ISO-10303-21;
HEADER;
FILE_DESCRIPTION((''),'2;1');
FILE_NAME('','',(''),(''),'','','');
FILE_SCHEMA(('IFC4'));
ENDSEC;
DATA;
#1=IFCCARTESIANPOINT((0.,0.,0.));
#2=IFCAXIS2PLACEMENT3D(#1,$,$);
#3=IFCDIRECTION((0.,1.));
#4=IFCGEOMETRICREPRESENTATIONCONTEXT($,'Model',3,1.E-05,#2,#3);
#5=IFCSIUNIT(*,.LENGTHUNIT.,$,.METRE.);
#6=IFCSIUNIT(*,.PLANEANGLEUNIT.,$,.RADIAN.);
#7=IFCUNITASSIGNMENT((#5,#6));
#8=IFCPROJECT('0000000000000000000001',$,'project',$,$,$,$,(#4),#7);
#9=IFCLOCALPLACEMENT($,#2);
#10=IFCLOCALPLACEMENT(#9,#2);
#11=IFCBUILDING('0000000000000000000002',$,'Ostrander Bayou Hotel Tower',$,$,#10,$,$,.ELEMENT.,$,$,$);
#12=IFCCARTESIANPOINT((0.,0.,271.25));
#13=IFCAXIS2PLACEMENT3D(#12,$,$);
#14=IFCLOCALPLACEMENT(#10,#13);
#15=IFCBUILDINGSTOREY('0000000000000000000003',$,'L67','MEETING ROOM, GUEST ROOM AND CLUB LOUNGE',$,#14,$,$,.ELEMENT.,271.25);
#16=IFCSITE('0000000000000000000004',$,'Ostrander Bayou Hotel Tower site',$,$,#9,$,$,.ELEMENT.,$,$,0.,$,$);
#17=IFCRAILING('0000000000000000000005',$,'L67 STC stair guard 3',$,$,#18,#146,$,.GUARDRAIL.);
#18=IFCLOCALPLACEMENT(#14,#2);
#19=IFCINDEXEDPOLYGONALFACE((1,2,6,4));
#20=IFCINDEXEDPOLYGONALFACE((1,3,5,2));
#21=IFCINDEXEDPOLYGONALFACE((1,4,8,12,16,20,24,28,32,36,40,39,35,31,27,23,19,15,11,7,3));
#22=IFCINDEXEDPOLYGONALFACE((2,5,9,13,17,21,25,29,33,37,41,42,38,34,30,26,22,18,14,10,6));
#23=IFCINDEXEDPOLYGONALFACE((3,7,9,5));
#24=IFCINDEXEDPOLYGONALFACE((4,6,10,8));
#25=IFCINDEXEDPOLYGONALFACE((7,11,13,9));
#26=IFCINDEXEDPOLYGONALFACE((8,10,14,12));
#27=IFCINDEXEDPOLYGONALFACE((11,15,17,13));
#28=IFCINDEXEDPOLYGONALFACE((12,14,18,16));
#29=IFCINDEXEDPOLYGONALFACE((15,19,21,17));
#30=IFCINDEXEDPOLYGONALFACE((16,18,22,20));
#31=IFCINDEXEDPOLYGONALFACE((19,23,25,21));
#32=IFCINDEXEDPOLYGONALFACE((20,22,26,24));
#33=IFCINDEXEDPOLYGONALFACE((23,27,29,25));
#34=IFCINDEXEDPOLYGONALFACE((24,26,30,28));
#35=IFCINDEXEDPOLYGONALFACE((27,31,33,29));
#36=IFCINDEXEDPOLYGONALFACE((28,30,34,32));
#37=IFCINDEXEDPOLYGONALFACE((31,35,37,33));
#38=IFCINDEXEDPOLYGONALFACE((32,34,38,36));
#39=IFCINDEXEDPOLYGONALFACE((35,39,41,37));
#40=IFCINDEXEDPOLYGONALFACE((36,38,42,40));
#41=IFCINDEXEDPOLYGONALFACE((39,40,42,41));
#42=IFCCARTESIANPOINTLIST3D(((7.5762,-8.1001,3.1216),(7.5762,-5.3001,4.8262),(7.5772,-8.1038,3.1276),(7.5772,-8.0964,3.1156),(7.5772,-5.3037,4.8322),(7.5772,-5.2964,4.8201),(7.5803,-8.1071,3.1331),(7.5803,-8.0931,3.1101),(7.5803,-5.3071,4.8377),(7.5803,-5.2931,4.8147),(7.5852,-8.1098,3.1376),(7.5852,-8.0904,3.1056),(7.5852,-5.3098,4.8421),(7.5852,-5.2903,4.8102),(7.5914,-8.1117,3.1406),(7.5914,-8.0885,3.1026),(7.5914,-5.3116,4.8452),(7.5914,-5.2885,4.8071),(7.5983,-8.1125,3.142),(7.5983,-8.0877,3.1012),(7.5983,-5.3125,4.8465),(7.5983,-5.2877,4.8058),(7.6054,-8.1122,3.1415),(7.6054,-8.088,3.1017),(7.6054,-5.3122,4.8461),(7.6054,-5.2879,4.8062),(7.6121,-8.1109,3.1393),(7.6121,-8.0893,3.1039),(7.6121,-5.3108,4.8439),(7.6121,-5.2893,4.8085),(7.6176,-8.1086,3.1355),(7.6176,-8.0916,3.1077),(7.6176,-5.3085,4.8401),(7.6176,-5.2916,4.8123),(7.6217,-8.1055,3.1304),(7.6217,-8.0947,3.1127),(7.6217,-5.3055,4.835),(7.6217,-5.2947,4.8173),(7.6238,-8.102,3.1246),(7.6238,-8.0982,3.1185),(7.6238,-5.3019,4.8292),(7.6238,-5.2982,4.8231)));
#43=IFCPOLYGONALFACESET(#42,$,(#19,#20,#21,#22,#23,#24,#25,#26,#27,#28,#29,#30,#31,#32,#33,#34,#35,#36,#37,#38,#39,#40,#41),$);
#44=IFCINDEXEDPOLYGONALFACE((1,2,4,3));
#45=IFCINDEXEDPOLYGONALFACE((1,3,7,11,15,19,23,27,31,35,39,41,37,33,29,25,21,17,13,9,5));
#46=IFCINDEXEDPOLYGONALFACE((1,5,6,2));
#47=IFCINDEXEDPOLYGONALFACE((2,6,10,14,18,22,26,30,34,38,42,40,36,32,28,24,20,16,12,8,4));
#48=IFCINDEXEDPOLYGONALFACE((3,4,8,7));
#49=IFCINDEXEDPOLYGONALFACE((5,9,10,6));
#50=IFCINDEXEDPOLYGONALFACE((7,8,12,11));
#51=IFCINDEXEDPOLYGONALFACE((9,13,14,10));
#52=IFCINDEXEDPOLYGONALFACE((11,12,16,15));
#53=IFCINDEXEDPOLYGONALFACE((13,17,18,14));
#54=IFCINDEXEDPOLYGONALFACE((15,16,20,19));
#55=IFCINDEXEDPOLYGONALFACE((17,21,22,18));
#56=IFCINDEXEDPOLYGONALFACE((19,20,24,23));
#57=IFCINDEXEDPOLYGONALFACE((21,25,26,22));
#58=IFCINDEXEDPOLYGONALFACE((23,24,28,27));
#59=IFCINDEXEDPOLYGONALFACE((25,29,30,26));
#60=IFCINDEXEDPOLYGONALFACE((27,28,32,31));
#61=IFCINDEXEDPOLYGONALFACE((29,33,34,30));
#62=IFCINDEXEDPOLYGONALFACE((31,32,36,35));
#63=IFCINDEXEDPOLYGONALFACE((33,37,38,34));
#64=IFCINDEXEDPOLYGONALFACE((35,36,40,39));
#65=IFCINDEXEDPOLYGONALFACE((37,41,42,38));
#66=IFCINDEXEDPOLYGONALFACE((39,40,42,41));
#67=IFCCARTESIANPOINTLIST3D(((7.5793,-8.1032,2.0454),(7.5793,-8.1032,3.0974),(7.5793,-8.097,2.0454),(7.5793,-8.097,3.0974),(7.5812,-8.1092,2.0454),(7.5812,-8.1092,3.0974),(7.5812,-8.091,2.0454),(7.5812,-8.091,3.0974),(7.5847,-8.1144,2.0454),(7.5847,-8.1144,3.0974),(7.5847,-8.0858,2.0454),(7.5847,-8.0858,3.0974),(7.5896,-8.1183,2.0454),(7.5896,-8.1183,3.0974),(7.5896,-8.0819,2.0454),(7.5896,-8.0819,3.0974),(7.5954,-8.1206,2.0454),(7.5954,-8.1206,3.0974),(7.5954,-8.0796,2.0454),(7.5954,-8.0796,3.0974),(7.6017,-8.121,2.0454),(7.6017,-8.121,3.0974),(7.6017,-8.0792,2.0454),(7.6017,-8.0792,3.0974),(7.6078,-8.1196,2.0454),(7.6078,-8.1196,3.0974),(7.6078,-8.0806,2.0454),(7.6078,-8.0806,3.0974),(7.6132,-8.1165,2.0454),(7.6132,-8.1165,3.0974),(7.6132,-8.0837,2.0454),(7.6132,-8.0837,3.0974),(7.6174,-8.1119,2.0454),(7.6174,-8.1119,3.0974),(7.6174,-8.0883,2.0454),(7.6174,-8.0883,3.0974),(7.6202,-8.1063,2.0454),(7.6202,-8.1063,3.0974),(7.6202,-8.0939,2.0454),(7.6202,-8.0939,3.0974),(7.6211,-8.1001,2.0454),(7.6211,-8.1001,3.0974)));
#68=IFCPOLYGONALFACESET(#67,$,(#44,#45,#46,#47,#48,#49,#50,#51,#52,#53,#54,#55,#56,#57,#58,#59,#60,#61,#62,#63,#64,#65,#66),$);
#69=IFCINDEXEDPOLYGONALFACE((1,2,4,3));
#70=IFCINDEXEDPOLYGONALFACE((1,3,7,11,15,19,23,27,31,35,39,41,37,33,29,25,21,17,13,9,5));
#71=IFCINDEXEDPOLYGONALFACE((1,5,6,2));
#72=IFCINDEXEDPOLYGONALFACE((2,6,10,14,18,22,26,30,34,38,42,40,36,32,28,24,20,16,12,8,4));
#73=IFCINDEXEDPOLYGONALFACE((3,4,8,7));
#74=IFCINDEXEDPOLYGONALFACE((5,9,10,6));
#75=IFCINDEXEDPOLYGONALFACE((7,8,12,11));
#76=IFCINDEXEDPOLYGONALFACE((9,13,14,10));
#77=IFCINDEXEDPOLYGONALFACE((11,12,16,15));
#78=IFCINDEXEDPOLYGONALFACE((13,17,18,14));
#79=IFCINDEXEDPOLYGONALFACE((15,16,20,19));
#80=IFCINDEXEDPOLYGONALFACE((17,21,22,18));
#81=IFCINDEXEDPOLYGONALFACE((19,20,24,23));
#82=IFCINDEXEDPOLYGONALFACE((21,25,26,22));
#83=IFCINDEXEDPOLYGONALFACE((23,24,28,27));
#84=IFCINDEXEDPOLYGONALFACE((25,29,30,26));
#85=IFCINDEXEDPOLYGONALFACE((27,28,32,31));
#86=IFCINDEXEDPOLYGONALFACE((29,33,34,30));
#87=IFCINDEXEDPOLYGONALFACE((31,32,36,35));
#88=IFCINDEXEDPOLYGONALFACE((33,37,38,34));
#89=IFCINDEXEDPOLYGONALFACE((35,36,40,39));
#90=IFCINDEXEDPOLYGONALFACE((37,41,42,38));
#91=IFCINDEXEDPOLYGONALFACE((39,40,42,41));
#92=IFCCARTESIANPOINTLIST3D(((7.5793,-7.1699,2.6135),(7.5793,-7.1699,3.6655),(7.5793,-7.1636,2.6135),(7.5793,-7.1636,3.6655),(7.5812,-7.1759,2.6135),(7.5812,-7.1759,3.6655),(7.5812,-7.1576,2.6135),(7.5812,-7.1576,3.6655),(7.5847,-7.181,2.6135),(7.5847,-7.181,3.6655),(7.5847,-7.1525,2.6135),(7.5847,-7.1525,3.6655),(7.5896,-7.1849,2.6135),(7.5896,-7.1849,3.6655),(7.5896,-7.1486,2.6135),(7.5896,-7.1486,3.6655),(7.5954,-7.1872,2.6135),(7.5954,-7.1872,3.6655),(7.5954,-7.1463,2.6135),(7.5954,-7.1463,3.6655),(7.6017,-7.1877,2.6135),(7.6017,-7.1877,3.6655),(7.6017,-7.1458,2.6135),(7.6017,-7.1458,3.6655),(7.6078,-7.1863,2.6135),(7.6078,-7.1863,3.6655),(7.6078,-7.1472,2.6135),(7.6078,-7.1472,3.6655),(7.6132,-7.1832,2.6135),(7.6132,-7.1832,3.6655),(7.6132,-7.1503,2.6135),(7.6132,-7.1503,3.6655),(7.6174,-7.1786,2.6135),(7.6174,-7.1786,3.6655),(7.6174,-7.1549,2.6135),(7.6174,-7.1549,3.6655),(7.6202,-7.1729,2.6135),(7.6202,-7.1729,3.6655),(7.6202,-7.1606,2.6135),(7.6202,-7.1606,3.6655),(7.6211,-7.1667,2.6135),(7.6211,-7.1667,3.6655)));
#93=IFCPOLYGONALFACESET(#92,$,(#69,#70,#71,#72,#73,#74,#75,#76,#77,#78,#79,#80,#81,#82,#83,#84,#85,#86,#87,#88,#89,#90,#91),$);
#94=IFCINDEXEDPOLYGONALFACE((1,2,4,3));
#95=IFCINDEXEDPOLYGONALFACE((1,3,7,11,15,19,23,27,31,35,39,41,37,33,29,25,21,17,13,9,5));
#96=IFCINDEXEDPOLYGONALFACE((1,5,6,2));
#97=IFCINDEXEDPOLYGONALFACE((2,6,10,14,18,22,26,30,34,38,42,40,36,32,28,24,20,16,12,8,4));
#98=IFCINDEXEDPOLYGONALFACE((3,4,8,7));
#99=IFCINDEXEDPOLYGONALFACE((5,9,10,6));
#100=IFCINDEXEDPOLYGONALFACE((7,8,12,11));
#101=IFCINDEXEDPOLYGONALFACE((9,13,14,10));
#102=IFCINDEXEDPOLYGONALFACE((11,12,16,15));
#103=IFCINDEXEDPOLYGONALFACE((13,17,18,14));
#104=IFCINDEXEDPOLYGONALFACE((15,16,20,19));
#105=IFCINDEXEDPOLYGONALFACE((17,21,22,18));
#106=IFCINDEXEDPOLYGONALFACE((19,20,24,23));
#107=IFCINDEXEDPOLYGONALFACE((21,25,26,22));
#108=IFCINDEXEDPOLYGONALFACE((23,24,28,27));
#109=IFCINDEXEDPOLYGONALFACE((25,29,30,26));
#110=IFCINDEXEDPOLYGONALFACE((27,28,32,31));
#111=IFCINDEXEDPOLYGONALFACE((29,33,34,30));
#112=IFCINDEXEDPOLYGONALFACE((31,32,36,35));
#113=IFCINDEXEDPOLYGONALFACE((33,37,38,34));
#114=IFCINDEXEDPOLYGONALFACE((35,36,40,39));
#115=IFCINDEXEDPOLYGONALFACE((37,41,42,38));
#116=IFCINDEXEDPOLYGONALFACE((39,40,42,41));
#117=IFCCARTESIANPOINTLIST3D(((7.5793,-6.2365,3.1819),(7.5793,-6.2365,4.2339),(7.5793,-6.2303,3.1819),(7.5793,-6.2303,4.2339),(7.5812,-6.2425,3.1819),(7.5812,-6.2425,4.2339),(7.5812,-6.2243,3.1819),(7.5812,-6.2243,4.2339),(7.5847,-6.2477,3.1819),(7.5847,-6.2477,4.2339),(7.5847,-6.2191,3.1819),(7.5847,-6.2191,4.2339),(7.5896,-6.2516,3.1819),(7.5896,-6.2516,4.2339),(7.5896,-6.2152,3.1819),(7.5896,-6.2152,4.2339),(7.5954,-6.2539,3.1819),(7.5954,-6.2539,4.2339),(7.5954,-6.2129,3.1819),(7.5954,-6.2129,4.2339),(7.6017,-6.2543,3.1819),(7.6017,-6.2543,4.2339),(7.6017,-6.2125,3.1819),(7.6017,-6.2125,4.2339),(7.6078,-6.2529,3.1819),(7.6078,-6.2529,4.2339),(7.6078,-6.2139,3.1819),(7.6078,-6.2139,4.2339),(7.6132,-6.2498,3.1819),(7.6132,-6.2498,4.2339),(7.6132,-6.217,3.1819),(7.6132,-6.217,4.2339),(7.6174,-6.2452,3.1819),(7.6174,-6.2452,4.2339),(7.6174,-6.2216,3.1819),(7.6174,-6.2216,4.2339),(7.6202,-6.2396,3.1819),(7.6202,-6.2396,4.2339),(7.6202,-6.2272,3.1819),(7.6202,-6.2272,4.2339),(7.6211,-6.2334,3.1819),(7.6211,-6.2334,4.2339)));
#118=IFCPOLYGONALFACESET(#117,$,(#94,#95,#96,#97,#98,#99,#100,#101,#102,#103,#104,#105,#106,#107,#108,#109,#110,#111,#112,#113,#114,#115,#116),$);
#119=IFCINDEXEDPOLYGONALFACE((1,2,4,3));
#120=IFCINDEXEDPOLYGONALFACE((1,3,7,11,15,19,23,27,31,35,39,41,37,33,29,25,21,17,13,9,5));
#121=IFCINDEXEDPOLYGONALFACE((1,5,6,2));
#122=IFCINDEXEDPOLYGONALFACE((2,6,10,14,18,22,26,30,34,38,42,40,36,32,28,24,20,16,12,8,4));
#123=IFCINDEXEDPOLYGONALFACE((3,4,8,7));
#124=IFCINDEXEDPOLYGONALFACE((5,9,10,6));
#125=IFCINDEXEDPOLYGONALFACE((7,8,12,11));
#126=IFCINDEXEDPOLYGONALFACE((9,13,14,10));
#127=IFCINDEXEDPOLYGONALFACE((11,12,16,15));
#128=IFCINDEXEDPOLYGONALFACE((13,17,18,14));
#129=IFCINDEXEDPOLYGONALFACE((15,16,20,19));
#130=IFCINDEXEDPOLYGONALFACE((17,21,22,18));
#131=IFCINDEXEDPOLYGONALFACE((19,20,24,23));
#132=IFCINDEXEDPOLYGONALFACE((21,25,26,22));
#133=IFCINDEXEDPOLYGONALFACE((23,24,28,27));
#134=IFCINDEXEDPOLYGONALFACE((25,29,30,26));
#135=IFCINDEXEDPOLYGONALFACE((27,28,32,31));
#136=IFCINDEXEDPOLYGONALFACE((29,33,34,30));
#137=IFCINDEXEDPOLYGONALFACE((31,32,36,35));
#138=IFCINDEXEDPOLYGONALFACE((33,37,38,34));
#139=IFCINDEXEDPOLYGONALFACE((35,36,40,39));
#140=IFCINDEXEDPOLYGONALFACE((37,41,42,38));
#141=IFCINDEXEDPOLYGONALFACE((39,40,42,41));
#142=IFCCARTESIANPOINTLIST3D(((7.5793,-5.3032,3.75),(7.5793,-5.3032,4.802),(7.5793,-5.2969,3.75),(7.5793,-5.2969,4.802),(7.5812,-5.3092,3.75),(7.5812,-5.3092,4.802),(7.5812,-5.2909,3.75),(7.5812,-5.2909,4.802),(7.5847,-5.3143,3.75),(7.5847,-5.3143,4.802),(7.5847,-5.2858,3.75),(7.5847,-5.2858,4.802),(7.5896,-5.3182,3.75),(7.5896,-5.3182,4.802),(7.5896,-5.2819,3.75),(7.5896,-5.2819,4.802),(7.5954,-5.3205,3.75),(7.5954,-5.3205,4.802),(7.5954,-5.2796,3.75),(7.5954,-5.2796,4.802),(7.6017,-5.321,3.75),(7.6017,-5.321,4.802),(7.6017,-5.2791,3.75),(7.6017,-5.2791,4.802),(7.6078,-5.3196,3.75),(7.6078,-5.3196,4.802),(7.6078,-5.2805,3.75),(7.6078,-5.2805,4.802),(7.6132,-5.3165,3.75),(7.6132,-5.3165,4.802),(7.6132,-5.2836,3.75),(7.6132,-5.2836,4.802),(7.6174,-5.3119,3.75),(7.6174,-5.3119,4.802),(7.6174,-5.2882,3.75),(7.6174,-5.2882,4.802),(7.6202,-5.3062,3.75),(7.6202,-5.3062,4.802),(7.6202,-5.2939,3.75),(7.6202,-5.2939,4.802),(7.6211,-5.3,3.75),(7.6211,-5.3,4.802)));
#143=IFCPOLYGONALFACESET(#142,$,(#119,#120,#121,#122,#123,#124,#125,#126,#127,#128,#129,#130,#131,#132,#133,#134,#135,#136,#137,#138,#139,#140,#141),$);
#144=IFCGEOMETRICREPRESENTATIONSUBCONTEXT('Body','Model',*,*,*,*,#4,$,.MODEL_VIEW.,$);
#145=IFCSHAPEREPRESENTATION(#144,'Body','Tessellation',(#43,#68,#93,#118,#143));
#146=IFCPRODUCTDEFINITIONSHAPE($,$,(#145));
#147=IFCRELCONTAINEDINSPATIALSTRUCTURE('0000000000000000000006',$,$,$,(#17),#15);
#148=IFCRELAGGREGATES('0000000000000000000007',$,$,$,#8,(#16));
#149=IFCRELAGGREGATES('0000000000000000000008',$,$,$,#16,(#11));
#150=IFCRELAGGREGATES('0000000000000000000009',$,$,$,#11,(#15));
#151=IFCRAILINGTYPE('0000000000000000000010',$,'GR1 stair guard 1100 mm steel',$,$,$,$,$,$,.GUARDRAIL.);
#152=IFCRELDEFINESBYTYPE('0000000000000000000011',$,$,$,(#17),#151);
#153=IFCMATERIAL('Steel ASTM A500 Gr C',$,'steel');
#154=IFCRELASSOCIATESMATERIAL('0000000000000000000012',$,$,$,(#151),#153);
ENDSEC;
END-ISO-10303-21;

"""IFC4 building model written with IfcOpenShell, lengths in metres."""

from ifc_helpers import new_model, si_unit, direction, frame, origin, origin_2d, place, context, subcontext, project, spatial, circle, extrude, material, type_object, element, save


model = new_model("IFC4")

# Units and contexts
model_context = context("Model", 3, precision=1e-05, world=origin(), true_north=direction((0.0, 1.0)))
body_context = subcontext(model_context, "Body", "Model", "MODEL_VIEW")
ifc_project = project(units=[si_unit("LENGTHUNIT", "METRE"), si_unit("PLANEANGLEUNIT", "RADIAN")], contexts=[model_context])

# Site, building, storey
site_placement = place(None, origin())
site = spatial("IfcSite", under=ifc_project, at=site_placement, Name="Ostrander Bayou Hotel Tower site", CompositionType="ELEMENT", RefElevation=0.0)
building_placement = place(site_placement, origin())
building = spatial("IfcBuilding", under=site, at=building_placement, Name="Ostrander Bayou Hotel Tower", CompositionType="ELEMENT")
storey_placement = place(building_placement, frame((0.0, 0.0, 271.25)))
storey = spatial("IfcBuildingStorey", under=building, at=storey_placement, Name="L67", Description="MEETING ROOM, GUEST ROOM AND CLUB LOUNGE", CompositionType="ELEMENT", Elevation=271.25)

# Railing
ifc_material_1 = material(Name="Steel ASTM A500 Gr C", Category="steel")
railing_type_1 = type_object("IfcRailingType", Name="GR1 stair guard 1100 mm steel", PredefinedType="GUARDRAIL", material=ifc_material_1)
railing_1_placement = place(storey_placement, frame((7.6001, -8.1001, 2.0454)))
element("IfcRailing", 1, at=railing_1_placement, inside=storey, type_object=railing_type_1, Name="L67 STC stair guard 3", PredefinedType="GUARDRAIL", context=body_context, shape_type="SweptSolid", body=[
    extrude(circle(Radius=0.0239, at=origin_2d()), frame((0.0, 0.0, 1.0762), z_axis=(0.0, 0.85417, 0.519994), x_axis=(-1.0, 0.0, 0.0)), (0.0, 0.0, 1.0), 3.2781),
    extrude(circle(Radius=0.021, at=origin_2d()), origin(), (0.0, 0.0, 1.0), 1.052),
    extrude(circle(Radius=0.021, at=origin_2d()), frame((0.0, 0.9333, 0.5681)), (0.0, 0.0, 1.0), 1.052),
    extrude(circle(Radius=0.021, at=origin_2d()), frame((0.0, 1.8667, 1.1365)), (0.0, 0.0, 1.0), 1.052),
    extrude(circle(Radius=0.021, at=origin_2d()), frame((0.0, 2.8, 1.7046)), (0.0, 0.0, 1.0), 1.052),
])

save(model, "model.ifc")
